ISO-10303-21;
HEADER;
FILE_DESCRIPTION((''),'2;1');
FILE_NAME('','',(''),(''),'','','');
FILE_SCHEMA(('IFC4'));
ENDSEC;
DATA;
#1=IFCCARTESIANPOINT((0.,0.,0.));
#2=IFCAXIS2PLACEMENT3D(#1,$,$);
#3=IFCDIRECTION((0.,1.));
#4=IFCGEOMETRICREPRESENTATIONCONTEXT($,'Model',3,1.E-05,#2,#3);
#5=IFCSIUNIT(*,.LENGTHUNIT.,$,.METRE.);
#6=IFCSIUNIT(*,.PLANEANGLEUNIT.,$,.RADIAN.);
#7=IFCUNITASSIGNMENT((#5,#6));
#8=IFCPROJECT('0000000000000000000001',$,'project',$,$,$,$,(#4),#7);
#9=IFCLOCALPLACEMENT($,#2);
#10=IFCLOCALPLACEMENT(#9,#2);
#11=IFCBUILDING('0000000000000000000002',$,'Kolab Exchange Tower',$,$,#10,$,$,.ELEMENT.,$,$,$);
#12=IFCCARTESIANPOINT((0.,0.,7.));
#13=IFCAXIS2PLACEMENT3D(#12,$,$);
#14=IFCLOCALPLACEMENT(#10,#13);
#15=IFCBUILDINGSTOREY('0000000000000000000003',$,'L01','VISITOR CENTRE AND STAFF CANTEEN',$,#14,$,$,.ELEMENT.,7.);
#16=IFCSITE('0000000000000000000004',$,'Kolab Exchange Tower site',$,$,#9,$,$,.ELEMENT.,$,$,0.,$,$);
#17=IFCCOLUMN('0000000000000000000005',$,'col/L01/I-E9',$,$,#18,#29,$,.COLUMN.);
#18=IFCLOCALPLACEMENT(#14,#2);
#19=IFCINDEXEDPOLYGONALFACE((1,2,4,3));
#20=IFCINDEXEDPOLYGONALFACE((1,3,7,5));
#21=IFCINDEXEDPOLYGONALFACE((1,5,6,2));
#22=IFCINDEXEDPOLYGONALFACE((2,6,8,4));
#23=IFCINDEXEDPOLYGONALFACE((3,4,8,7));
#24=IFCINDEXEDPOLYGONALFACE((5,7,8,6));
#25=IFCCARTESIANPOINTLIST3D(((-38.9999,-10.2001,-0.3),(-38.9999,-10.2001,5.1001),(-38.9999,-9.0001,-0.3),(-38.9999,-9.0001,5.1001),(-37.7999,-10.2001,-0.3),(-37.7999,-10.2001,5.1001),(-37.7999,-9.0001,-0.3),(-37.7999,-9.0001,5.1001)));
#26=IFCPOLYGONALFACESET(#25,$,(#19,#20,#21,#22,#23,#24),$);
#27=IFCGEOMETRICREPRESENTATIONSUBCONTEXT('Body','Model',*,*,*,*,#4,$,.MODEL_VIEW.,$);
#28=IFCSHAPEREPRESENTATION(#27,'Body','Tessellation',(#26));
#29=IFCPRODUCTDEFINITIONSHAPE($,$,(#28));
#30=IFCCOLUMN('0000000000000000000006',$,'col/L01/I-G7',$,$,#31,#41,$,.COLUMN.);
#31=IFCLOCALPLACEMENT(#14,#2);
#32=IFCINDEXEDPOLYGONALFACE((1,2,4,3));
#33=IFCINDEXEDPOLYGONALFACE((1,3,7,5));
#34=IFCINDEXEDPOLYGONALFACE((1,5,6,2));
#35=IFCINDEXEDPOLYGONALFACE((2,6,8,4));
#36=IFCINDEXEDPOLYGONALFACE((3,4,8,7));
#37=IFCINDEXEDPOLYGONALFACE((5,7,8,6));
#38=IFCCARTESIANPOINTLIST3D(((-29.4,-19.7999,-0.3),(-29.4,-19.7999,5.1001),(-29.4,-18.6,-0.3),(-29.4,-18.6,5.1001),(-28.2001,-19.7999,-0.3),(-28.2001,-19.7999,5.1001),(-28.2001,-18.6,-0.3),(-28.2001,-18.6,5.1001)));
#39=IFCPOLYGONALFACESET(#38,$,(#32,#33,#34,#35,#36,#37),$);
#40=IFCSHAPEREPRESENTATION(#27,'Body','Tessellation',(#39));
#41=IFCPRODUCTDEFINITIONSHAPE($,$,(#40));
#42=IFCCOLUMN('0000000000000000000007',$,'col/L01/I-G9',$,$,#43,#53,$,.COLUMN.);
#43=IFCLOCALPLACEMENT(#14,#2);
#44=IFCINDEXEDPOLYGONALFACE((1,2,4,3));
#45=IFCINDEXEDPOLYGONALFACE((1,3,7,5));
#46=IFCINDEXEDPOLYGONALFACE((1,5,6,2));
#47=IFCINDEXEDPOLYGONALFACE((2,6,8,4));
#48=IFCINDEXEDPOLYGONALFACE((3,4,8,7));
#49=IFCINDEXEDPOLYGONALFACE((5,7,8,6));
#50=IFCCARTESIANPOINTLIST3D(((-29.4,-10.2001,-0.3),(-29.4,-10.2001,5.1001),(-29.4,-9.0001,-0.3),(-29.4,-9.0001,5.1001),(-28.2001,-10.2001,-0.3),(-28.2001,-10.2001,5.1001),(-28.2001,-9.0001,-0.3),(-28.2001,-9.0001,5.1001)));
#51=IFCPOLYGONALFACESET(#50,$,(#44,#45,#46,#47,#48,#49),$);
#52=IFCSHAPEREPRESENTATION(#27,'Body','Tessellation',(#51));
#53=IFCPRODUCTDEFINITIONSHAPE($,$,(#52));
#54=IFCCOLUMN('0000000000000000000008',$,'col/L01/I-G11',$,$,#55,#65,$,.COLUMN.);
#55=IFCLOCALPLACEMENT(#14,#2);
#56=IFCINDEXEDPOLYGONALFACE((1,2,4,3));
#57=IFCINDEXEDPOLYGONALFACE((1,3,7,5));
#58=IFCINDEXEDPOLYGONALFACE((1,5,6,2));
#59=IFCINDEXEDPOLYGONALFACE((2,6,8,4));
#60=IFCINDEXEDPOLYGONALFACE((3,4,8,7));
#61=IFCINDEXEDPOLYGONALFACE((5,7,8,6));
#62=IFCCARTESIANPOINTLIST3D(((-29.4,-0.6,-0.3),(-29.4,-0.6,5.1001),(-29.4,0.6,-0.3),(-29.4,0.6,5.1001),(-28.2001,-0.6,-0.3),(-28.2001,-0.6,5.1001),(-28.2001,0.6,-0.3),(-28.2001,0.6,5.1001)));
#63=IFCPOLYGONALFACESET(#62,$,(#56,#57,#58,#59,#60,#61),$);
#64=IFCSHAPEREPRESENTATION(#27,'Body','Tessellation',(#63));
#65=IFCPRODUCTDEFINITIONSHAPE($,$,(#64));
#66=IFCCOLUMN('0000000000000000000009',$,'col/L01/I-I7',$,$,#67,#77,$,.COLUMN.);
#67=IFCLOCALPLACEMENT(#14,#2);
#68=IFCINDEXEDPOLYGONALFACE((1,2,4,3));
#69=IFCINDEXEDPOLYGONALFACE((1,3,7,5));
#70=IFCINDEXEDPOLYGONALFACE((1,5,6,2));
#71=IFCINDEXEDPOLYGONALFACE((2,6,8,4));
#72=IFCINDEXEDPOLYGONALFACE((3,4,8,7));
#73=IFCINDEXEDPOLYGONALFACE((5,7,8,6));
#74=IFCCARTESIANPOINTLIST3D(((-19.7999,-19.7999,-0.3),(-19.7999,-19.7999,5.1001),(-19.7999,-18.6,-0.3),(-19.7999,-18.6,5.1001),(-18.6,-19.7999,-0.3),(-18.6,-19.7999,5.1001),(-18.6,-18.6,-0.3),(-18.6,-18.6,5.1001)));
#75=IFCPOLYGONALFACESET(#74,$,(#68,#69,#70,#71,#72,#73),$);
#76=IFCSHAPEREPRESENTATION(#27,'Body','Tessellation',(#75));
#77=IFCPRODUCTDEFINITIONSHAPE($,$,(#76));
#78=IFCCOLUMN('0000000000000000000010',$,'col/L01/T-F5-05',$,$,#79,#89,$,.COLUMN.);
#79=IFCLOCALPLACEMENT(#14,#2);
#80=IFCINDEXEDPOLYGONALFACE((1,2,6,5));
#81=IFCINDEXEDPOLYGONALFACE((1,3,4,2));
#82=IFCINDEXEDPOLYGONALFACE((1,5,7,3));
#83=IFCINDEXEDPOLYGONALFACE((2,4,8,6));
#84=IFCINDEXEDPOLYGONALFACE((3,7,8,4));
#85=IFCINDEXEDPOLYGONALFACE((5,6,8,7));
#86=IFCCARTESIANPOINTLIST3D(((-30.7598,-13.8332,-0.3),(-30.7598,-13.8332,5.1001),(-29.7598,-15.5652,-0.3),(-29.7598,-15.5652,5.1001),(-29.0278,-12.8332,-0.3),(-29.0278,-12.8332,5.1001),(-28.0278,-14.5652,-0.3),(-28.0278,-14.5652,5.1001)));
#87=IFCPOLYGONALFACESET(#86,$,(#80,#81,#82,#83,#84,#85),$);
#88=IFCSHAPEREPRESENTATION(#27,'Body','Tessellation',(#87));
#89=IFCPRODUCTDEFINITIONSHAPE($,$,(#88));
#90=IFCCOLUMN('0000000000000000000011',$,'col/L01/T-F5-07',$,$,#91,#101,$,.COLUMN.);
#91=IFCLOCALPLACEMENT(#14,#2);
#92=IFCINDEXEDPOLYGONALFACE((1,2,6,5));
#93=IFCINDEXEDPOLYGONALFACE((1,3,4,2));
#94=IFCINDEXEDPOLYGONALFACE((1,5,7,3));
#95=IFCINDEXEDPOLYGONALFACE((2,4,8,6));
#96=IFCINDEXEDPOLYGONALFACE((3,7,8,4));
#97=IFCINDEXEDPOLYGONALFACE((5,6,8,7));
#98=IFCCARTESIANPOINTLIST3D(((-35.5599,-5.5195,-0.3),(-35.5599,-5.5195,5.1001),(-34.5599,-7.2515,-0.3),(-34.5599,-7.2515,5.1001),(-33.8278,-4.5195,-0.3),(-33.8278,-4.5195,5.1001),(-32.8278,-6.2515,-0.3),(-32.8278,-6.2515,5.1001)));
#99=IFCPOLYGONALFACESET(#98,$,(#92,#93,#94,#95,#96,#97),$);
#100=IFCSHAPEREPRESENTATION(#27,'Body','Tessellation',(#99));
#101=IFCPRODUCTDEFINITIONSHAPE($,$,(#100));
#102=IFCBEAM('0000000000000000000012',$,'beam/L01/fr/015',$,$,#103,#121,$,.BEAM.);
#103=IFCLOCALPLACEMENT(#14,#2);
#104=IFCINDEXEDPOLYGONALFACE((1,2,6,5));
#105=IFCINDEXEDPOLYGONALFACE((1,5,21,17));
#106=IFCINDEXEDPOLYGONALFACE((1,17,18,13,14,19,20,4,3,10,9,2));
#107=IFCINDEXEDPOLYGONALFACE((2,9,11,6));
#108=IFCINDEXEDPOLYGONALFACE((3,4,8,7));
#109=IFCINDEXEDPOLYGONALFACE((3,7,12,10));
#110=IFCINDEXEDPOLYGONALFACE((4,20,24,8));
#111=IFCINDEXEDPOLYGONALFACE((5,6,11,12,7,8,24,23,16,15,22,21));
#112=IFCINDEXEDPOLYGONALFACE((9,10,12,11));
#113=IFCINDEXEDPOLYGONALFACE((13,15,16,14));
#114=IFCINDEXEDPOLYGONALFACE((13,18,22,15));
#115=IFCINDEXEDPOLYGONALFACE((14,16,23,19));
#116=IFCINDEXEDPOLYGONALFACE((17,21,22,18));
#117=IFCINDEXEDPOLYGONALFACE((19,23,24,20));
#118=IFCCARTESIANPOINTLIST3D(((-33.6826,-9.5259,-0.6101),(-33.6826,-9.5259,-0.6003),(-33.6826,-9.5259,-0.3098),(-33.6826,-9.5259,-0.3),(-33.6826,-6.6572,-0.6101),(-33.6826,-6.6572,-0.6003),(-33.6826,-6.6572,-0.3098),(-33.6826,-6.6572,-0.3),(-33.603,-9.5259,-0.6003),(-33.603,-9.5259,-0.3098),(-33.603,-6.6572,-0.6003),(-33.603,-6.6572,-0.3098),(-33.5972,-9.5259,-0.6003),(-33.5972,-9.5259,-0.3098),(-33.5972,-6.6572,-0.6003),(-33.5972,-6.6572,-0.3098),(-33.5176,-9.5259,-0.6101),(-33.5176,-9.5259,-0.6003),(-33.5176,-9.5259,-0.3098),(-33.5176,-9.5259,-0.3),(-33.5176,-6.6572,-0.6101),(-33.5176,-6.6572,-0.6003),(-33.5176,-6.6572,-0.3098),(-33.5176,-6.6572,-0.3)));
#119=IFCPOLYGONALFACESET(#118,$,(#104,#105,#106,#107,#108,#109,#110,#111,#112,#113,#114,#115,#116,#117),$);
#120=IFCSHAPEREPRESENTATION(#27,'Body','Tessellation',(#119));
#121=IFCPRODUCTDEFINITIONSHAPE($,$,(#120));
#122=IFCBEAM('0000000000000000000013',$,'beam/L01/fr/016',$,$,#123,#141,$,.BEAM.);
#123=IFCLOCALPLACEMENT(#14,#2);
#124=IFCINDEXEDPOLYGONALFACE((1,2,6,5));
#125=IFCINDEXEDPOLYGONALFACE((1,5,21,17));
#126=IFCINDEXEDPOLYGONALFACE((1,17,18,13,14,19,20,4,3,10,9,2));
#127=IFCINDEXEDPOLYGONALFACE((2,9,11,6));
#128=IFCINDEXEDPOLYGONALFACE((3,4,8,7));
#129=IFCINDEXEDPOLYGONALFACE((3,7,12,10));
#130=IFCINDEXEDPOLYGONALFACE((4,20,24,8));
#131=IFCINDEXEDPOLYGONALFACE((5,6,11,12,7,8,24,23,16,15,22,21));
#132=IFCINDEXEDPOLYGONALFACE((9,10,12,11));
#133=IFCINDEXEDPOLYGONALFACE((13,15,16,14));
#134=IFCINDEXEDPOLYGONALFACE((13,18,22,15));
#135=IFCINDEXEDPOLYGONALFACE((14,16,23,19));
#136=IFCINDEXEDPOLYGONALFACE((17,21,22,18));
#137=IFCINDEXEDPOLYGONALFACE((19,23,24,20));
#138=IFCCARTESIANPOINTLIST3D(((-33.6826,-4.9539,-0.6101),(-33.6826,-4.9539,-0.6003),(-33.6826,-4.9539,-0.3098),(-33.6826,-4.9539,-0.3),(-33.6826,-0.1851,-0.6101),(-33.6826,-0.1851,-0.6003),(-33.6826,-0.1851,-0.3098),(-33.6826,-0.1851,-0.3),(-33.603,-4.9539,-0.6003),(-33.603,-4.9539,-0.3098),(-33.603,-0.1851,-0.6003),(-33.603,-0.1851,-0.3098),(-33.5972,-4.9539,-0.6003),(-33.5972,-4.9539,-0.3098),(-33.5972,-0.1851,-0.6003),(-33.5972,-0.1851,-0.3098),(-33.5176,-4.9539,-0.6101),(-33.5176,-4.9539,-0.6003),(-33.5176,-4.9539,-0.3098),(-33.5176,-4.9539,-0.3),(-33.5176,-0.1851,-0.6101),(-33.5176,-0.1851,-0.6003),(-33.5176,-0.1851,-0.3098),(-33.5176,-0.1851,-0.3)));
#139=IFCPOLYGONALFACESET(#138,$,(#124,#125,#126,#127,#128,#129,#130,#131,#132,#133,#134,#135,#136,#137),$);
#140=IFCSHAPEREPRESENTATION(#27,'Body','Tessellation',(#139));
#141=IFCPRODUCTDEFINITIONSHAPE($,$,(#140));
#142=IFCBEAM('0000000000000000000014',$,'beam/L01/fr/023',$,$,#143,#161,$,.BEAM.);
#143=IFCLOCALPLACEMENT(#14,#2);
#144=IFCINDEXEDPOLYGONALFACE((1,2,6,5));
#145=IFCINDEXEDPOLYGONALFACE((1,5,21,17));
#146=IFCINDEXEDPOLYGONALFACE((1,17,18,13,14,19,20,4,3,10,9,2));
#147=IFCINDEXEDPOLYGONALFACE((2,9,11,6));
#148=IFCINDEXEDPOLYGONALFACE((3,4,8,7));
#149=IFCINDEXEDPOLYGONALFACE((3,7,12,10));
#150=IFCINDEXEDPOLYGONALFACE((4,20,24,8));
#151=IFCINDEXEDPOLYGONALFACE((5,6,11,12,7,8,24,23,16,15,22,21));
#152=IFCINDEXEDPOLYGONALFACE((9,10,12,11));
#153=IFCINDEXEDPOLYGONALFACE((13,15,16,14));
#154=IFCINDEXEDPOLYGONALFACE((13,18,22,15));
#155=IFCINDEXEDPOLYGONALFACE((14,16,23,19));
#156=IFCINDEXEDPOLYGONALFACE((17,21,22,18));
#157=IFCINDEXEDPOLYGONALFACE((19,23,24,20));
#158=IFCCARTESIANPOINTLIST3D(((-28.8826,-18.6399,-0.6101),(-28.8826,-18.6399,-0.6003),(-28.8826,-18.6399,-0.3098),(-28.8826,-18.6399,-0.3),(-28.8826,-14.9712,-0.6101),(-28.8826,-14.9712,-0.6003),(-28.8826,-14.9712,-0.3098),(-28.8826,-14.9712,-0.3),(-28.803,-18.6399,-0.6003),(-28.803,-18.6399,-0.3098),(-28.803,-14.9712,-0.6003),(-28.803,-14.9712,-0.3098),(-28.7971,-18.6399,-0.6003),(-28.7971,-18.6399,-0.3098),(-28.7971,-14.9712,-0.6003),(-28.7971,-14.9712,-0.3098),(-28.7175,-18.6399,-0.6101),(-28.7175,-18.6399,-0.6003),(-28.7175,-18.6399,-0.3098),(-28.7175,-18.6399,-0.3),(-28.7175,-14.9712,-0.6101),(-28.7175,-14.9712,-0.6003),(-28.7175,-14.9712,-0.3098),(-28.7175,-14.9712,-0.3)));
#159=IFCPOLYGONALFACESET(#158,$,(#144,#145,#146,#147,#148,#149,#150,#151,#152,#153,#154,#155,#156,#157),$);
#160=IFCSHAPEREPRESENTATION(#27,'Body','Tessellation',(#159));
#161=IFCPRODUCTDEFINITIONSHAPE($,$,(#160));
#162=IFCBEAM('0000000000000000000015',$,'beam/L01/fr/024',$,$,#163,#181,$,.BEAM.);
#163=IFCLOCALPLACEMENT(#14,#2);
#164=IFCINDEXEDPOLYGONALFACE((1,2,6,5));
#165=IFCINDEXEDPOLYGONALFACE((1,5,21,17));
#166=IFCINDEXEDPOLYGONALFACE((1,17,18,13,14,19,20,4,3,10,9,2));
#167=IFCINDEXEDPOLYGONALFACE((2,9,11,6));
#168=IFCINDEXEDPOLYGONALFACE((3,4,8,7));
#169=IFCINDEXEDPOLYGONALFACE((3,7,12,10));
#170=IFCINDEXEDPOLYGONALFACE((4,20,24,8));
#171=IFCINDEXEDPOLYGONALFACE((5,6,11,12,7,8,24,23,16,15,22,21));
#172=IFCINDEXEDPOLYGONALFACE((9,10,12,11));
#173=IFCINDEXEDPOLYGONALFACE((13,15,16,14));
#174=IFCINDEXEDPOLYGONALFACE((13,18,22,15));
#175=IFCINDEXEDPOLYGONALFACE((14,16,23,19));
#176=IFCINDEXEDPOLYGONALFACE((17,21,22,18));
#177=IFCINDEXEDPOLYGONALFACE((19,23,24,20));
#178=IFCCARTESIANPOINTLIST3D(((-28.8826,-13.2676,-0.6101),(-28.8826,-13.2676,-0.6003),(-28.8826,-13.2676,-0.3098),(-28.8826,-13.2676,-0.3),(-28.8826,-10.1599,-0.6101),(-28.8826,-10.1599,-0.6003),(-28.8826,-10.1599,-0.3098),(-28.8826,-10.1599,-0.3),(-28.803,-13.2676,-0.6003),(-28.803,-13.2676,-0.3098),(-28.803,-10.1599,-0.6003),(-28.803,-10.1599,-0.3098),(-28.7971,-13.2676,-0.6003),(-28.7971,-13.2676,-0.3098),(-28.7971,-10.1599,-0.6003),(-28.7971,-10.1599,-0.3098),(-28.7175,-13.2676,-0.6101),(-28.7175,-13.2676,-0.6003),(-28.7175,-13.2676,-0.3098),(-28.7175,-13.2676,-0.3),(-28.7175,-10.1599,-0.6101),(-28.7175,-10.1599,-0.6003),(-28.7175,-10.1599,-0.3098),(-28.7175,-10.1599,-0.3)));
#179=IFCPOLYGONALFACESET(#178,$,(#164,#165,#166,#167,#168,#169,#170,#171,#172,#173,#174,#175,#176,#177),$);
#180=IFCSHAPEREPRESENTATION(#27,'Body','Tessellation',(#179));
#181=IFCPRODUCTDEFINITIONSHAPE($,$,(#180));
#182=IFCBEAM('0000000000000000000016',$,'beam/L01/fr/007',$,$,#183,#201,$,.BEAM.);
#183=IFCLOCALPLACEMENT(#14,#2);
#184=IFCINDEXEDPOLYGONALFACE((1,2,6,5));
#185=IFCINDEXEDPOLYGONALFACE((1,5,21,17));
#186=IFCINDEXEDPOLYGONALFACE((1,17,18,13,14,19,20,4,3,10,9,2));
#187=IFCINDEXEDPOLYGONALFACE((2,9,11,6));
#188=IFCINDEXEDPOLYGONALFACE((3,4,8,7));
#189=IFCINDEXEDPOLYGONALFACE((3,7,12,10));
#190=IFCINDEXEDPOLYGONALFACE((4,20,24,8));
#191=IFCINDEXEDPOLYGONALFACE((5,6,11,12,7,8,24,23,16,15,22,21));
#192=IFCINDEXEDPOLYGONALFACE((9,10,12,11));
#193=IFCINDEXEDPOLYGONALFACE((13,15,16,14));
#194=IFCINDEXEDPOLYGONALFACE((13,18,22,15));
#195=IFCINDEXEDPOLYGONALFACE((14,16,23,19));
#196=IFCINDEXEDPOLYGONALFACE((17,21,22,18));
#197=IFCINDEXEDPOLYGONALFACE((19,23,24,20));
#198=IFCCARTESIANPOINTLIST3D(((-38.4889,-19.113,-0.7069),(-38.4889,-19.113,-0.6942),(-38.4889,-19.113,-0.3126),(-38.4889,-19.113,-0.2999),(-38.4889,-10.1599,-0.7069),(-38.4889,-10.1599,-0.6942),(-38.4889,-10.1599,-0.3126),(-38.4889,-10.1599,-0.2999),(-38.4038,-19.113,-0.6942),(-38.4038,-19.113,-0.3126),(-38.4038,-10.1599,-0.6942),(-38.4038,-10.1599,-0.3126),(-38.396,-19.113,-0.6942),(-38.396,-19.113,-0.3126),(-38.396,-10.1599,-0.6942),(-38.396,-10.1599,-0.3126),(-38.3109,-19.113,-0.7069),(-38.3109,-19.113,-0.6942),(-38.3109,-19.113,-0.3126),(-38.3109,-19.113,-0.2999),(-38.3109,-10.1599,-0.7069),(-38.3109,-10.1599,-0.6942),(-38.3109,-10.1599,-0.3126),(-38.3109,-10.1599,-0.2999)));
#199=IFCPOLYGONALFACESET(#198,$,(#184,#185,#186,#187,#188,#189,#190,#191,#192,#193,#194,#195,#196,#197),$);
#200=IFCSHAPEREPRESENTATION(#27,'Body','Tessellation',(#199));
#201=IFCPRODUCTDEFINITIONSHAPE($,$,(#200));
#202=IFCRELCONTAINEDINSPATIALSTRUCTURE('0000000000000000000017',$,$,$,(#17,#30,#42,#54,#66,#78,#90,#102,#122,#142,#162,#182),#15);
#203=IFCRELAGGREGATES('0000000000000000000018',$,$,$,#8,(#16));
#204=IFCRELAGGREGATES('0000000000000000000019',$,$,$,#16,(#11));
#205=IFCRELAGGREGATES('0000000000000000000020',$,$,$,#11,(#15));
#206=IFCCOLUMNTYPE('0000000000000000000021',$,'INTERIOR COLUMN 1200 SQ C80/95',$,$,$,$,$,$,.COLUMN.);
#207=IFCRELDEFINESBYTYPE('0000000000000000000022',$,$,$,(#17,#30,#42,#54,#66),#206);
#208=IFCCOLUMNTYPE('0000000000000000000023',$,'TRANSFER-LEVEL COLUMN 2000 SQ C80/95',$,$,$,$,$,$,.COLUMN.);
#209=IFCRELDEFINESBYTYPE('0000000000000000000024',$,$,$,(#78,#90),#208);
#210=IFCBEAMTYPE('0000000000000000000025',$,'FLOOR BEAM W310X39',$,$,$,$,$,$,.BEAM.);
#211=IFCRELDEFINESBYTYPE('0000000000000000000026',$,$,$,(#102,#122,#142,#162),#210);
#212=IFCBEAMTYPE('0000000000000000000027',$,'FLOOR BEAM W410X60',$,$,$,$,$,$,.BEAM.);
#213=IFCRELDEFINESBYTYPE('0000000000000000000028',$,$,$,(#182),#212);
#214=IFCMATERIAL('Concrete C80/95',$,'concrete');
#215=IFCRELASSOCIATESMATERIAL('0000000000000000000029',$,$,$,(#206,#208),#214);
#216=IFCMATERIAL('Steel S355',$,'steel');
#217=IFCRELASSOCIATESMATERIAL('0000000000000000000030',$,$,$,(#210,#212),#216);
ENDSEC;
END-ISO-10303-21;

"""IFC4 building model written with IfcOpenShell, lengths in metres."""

from ifc_helpers import new_model, si_unit, direction, frame, origin, origin_2d, place, context, subcontext, project, spatial, rectangle, i_section, extrude, material, material_profile, profile_set, type_object, element, save


model = new_model("IFC4")

# Units and contexts
model_context = context("Model", 3, precision=1e-05, world=origin(), true_north=direction((0.0, 1.0)))
body_context = subcontext(model_context, "Body", "Model", "MODEL_VIEW")
ifc_project = project(units=[si_unit("LENGTHUNIT", "METRE"), si_unit("PLANEANGLEUNIT", "RADIAN")], contexts=[model_context])

# Site, building, storey
site_placement = place(None, origin())
site = spatial("IfcSite", under=ifc_project, at=site_placement, Name="Kolab Exchange Tower site", CompositionType="ELEMENT", RefElevation=0.0)
building_placement = place(site_placement, origin())
building = spatial("IfcBuilding", under=site, at=building_placement, Name="Kolab Exchange Tower", CompositionType="ELEMENT")
storey_placement = place(building_placement, frame((0.0, 0.0, 7.0)))
storey = spatial("IfcBuildingStorey", under=building, at=storey_placement, Name="L01", Description="VISITOR CENTRE AND STAFF CANTEEN", CompositionType="ELEMENT", Elevation=7.0)

# Columns
ifc_material_1 = material(Name="Concrete C80/95", Category="concrete")
ifc_material_profile_1 = material_profile(ifc_material_1, rectangle(XDim=1.2, YDim=1.2, at=origin_2d()), Name="RC1200")
ifc_profile_set_1 = profile_set([ifc_material_profile_1], Name="Concrete C80/95")
column_type_1 = type_object("IfcColumnType", Name="INTERIOR COLUMN 1200 SQ C80/95", PredefinedType="COLUMN", material=ifc_profile_set_1)
for number, where, z_axis, x_axis, name in (
    (1, (-38.3999, -9.6001, -0.3), (0.0, 0.0, 1.0), (1.0, 0.0, 0.0), "col/L01/I-E9"),
    (2, (-28.8, -19.2, -0.3), (0.0, 0.0, 1.0), (1.0, 0.0, 0.0), "col/L01/I-G7"),
    (3, (-28.8, -9.6001, -0.3), (0.0, 0.0, 1.0), (1.0, 0.0, 0.0), "col/L01/I-G9"),
    (4, (-28.8, 0.0, -0.3), (0.0, 0.0, 1.0), (1.0, 0.0, 0.0), "col/L01/I-G11"),
    (5, (-19.2, -19.2, -0.3), (0.0, 0.0, 1.0), (1.0, 0.0, 0.0), "col/L01/I-I7"),
):
    element("IfcColumn", number, at=place(storey_placement, frame(where, z_axis=z_axis, x_axis=x_axis)), inside=storey, type_object=column_type_1, Name=name, PredefinedType="COLUMN", context=body_context, shape_type="SweptSolid", body=[
        extrude(rectangle(XDim=1.2, YDim=1.2, at=origin_2d()), origin(), (0.0, 0.0, 1.0), 5.4001),
    ])
ifc_material_profile_2 = material_profile(ifc_material_1, rectangle(XDim=2.0, YDim=2.0, at=origin_2d()), Name="RC2000")
ifc_profile_set_2 = profile_set([ifc_material_profile_2], Name="Concrete C80/95")
column_type_2 = type_object("IfcColumnType", Name="TRANSFER-LEVEL COLUMN 2000 SQ C80/95", PredefinedType="COLUMN", material=ifc_profile_set_2)
for number, where, z_axis, x_axis, name in (
    (6, (-29.3938, -14.1992, -0.3), (0.0, 0.0, 1.0), (0.866025, 0.5, 0.0), "col/L01/T-F5-05"),
    (7, (-34.1938, -5.8855, -0.3), (0.0, 0.0, 1.0), (0.866025, 0.5, 0.0), "col/L01/T-F5-07"),
):
    element("IfcColumn", number, at=place(storey_placement, frame(where, z_axis=z_axis, x_axis=x_axis)), inside=storey, type_object=column_type_2, Name=name, PredefinedType="COLUMN", context=body_context, shape_type="SweptSolid", body=[
        extrude(rectangle(XDim=2.0, YDim=2.0, at=origin_2d()), origin(), (0.0, 0.0, 1.0), 5.4001),
    ])

# Beams
ifc_material_2 = material(Name="Steel S355", Category="steel")
ifc_material_profile_3 = material_profile(ifc_material_2, i_section(OverallWidth=0.165, OverallDepth=0.3101, WebThickness=0.0059, FlangeThickness=0.0098, at=origin_2d()), Name="W310X39")
ifc_profile_set_3 = profile_set([ifc_material_profile_3], Name="Steel S355")
beam_type_1 = type_object("IfcBeamType", Name="FLOOR BEAM W310X39", PredefinedType="BEAM", material=ifc_profile_set_3)
beam_1_placement = place(storey_placement, frame((-33.6001, -9.5259, -0.4551), z_axis=(0.0, 1.0, 0.0), x_axis=(-1.0, 0.0, 0.0)))
element("IfcBeam", 8, at=beam_1_placement, inside=storey, type_object=beam_type_1, Name="beam/L01/fr/015", PredefinedType="BEAM", context=body_context, shape_type="SweptSolid", body=[
    extrude(i_section(OverallWidth=0.165, OverallDepth=0.3101, WebThickness=0.0059, FlangeThickness=0.0098, at=origin_2d()), origin(), (0.0, 0.0, 1.0), 2.8687),
])
beam_2_placement = place(storey_placement, frame((-33.6001, -4.9539, -0.4551), z_axis=(0.0, 1.0, 0.0), x_axis=(-1.0, 0.0, 0.0)))
element("IfcBeam", 9, at=beam_2_placement, inside=storey, type_object=beam_type_1, Name="beam/L01/fr/016", PredefinedType="BEAM", context=body_context, shape_type="SweptSolid", body=[
    extrude(i_section(OverallWidth=0.165, OverallDepth=0.3101, WebThickness=0.0059, FlangeThickness=0.0098, at=origin_2d()), origin(), (0.0, 0.0, 1.0), 4.7688),
])
beam_3_placement = place(storey_placement, frame((-28.8, -18.6399, -0.4551), z_axis=(0.0, 1.0, 0.0), x_axis=(-1.0, 0.0, 0.0)))
element("IfcBeam", 10, at=beam_3_placement, inside=storey, type_object=beam_type_1, Name="beam/L01/fr/023", PredefinedType="BEAM", context=body_context, shape_type="SweptSolid", body=[
    extrude(i_section(OverallWidth=0.165, OverallDepth=0.3101, WebThickness=0.0059, FlangeThickness=0.0098, at=origin_2d()), origin(), (0.0, 0.0, 1.0), 3.6687),
])
beam_4_placement = place(storey_placement, frame((-28.8, -13.2676, -0.4551), z_axis=(0.0, 1.0, 0.0), x_axis=(-1.0, 0.0, 0.0)))
element("IfcBeam", 11, at=beam_4_placement, inside=storey, type_object=beam_type_1, Name="beam/L01/fr/024", PredefinedType="BEAM", context=body_context, shape_type="SweptSolid", body=[
    extrude(i_section(OverallWidth=0.165, OverallDepth=0.3101, WebThickness=0.0059, FlangeThickness=0.0098, at=origin_2d()), origin(), (0.0, 0.0, 1.0), 3.1077),
])
ifc_material_profile_4 = material_profile(ifc_material_2, i_section(OverallWidth=0.178, OverallDepth=0.407, WebThickness=0.0078, FlangeThickness=0.0127, at=origin_2d()), Name="W410X60")
ifc_profile_set_4 = profile_set([ifc_material_profile_4], Name="Steel S355")
beam_type_2 = type_object("IfcBeamType", Name="FLOOR BEAM W410X60", PredefinedType="BEAM", material=ifc_profile_set_4)
beam_5_placement = place(storey_placement, frame((-38.3999, -19.113, -0.5034), z_axis=(0.0, 1.0, 0.0), x_axis=(-1.0, 0.0, 0.0)))
element("IfcBeam", 12, at=beam_5_placement, inside=storey, type_object=beam_type_2, Name="beam/L01/fr/007", PredefinedType="BEAM", context=body_context, shape_type="SweptSolid", body=[
    extrude(i_section(OverallWidth=0.178, OverallDepth=0.407, WebThickness=0.0078, FlangeThickness=0.0127, at=origin_2d()), origin(), (0.0, 0.0, 1.0), 8.9531),
])

save(model, "model.ifc")
